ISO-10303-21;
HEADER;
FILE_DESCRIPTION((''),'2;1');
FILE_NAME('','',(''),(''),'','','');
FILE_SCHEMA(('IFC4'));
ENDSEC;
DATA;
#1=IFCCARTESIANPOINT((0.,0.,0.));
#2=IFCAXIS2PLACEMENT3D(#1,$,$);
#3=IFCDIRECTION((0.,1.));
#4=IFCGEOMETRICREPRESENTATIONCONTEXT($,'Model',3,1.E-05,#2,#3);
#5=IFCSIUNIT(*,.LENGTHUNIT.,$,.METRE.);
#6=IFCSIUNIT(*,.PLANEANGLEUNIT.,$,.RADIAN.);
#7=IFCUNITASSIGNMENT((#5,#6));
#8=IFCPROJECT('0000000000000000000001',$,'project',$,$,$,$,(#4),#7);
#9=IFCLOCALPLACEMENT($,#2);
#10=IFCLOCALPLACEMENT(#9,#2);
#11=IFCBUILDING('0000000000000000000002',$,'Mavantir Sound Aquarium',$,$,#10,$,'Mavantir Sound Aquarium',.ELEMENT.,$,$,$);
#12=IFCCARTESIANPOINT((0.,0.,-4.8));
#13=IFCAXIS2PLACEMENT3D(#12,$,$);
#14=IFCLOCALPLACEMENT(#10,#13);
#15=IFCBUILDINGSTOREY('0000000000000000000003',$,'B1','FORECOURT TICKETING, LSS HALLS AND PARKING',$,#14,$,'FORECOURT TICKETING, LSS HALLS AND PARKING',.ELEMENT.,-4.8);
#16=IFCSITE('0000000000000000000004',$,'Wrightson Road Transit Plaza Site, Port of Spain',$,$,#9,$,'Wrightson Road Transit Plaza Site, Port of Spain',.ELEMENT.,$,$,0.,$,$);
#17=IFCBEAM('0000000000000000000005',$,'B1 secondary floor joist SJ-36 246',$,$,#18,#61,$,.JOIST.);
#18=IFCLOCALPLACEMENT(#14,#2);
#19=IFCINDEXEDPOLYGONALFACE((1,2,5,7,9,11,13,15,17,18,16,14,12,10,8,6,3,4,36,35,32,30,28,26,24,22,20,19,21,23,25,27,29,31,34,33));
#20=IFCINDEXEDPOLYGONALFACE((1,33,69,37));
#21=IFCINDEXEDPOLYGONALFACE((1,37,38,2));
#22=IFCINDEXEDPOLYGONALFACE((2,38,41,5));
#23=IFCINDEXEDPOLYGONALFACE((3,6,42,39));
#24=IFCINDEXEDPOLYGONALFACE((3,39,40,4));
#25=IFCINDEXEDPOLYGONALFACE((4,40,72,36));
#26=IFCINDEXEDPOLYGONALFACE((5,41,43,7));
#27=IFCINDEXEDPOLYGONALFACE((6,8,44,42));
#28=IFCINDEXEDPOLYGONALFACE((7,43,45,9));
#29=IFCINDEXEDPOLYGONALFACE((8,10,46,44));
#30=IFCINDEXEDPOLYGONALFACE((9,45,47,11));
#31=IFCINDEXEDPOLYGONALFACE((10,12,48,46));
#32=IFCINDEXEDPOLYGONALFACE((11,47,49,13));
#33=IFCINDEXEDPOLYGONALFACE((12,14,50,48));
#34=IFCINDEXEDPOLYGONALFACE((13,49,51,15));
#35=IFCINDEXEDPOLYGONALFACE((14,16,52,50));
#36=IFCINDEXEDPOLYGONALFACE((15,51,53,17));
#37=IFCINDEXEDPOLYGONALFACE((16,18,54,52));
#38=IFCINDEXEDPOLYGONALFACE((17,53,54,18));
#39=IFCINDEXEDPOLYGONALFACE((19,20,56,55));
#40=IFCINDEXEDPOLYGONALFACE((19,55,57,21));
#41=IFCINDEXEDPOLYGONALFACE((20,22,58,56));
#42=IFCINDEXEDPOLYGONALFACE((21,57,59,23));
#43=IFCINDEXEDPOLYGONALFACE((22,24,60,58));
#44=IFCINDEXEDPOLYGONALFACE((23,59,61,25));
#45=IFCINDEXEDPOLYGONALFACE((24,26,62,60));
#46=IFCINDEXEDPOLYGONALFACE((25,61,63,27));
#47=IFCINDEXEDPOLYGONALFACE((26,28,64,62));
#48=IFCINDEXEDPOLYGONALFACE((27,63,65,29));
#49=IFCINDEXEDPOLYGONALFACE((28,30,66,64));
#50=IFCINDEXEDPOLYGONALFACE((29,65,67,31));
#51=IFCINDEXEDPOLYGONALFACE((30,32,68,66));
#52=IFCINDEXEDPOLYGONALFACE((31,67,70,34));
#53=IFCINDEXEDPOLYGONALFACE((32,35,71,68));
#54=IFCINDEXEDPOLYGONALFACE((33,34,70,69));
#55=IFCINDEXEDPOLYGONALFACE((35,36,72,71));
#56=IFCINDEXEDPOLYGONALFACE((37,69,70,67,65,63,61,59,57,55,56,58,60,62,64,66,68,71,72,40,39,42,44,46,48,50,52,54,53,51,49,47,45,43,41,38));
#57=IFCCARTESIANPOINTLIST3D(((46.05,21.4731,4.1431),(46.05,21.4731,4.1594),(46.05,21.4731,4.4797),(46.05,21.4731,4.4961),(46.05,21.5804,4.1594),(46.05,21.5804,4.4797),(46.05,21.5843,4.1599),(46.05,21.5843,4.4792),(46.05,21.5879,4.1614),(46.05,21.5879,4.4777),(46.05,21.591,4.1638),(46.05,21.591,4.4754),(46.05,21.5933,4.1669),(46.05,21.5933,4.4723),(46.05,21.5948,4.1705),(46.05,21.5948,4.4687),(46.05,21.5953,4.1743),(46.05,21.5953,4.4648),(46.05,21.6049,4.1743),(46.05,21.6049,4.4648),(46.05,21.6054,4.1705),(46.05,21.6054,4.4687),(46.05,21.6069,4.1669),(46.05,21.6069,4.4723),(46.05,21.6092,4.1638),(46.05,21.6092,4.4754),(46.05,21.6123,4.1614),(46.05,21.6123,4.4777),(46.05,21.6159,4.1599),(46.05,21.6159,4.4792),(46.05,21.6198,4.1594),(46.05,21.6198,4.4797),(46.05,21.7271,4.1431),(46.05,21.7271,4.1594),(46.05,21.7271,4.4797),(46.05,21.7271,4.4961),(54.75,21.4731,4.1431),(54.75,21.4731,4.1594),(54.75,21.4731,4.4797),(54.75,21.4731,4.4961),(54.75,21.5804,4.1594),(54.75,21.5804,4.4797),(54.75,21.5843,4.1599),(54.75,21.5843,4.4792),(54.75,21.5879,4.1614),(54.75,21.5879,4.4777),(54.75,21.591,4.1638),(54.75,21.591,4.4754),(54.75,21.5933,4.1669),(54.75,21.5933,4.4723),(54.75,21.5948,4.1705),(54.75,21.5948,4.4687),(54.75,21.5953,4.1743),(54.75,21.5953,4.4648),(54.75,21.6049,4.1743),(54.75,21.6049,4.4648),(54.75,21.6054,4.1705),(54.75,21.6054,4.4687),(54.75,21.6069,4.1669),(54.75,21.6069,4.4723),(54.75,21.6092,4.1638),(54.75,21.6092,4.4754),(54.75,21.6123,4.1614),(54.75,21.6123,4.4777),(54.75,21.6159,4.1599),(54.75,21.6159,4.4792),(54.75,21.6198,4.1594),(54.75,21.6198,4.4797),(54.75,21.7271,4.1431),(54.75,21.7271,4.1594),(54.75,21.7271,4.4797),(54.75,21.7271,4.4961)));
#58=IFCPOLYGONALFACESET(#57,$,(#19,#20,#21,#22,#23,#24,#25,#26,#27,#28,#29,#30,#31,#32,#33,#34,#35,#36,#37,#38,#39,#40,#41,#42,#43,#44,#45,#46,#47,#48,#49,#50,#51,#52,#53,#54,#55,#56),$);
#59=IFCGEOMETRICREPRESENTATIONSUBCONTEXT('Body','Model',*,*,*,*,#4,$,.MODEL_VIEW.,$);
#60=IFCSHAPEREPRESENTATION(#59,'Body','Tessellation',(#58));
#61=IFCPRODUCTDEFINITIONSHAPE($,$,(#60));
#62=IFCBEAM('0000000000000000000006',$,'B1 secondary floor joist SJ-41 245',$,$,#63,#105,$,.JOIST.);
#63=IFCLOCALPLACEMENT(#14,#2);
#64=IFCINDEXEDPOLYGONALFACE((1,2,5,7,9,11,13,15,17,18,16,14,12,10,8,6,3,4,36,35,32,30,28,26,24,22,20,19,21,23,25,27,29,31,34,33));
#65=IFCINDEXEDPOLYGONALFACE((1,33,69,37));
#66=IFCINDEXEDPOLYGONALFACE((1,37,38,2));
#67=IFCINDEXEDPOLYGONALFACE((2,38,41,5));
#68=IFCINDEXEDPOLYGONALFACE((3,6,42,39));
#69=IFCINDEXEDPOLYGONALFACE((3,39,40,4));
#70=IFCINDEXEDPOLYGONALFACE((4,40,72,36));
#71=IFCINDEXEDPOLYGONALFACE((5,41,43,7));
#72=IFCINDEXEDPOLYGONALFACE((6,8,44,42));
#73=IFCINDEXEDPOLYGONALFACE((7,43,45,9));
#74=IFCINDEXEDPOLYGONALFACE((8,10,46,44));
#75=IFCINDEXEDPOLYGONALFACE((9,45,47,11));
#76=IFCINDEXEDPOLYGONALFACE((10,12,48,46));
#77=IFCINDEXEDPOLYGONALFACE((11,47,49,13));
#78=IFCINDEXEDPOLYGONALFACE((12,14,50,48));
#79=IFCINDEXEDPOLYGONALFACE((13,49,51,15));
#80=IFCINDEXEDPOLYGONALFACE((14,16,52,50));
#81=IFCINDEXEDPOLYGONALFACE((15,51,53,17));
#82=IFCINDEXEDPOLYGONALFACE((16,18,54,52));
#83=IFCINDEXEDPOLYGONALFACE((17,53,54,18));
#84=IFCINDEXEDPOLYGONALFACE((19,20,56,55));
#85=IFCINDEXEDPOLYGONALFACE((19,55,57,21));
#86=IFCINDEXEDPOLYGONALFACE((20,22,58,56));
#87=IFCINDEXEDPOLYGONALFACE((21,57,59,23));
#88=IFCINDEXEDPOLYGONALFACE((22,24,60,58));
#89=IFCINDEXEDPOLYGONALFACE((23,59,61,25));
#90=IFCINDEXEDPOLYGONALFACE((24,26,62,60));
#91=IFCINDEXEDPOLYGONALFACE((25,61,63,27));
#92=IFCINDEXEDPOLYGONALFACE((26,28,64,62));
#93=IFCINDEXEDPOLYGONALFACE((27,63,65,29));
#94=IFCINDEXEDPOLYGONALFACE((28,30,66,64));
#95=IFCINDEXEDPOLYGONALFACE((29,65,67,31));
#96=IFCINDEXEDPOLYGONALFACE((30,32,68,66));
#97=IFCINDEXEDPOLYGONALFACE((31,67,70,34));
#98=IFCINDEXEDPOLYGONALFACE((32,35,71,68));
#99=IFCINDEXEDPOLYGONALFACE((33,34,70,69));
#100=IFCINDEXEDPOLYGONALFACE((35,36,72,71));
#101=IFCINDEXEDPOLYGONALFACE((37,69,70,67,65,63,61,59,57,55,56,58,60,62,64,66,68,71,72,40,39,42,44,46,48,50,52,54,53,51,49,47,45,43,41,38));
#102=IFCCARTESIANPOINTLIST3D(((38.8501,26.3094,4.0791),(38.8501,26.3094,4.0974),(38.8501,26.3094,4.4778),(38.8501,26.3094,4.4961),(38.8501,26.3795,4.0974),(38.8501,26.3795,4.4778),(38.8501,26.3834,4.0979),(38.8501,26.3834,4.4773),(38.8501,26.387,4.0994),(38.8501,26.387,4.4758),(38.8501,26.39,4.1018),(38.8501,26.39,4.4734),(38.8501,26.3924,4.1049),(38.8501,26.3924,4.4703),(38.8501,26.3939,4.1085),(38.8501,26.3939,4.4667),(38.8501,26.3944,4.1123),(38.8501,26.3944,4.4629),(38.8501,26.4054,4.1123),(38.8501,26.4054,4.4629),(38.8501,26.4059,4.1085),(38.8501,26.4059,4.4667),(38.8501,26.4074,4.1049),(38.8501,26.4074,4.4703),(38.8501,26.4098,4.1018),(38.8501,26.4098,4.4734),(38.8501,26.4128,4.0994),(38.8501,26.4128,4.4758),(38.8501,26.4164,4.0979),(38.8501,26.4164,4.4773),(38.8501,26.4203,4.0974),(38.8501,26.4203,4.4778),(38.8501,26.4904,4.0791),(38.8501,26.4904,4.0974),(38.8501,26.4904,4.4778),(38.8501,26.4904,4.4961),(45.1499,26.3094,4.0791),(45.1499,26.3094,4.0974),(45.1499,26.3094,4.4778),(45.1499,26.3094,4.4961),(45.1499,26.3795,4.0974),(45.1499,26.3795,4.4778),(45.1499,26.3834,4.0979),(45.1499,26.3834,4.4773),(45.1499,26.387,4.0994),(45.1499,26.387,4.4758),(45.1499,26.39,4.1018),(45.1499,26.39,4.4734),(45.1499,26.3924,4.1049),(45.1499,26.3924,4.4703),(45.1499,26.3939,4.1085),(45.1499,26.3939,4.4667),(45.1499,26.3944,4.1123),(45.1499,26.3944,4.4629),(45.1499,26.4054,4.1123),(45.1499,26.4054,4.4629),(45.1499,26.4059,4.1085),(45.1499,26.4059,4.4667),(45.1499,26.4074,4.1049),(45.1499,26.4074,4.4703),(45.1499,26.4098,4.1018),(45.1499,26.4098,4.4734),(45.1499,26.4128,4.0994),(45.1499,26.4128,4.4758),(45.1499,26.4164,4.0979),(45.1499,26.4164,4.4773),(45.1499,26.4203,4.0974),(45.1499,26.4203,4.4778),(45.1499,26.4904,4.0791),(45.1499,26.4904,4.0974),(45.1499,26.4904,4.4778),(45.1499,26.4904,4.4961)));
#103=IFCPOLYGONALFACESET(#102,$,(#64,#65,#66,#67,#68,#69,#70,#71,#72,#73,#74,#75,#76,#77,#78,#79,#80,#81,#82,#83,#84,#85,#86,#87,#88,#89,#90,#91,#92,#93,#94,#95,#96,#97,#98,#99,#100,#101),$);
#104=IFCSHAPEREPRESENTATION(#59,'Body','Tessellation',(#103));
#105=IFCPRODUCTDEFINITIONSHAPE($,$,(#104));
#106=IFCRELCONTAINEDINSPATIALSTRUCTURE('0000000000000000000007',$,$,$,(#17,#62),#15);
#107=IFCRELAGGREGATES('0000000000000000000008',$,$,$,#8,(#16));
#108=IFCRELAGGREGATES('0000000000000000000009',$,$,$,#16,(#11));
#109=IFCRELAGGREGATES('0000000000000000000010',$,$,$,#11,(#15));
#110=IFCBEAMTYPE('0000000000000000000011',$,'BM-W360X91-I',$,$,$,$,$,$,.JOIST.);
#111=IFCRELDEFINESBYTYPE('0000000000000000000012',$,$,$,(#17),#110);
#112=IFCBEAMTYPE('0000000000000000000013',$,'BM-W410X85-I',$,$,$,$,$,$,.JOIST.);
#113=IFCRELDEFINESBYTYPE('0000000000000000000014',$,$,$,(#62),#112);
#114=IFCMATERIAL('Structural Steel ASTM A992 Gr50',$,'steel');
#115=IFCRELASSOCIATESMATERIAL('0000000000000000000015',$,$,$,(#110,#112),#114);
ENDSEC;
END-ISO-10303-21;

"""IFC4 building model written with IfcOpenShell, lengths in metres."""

from ifc_helpers import new_model, si_unit, direction, frame, origin, origin_2d, place, context, subcontext, project, spatial, i_section, extrude, material, material_profile, profile_set, type_object, element, save


model = new_model("IFC4")

# Units and contexts
model_context = context("Model", 3, precision=1e-05, world=origin(), true_north=direction((0.0, 1.0)))
body_context = subcontext(model_context, "Body", "Model", "MODEL_VIEW")
ifc_project = project(units=[si_unit("LENGTHUNIT", "METRE"), si_unit("PLANEANGLEUNIT", "RADIAN")], contexts=[model_context])

# Site, building, storey
site_placement = place(None, origin())
site = spatial("IfcSite", under=ifc_project, at=site_placement, Name="Wrightson Road Transit Plaza Site, Port of Spain", LongName="Wrightson Road Transit Plaza Site, Port of Spain", CompositionType="ELEMENT", RefElevation=0.0)
building_placement = place(site_placement, origin())
building = spatial("IfcBuilding", under=site, at=building_placement, Name="Mavantir Sound Aquarium", LongName="Mavantir Sound Aquarium", CompositionType="ELEMENT")
storey_placement = place(building_placement, frame((0.0, 0.0, -4.8)))
storey = spatial("IfcBuildingStorey", under=building, at=storey_placement, Name="B1", Description="FORECOURT TICKETING, LSS HALLS AND PARKING", LongName="FORECOURT TICKETING, LSS HALLS AND PARKING", CompositionType="ELEMENT", Elevation=-4.8)

# Beams
ifc_material_1 = material(Name="Structural Steel ASTM A992 Gr50", Category="steel")
ifc_material_profile_1 = material_profile(ifc_material_1, i_section(OverallWidth=0.2539, OverallDepth=0.353, WebThickness=0.0095, FlangeThickness=0.0164, FilletRadius=0.0149, at=origin_2d()), Name="W360X91")
ifc_profile_set_1 = profile_set([ifc_material_profile_1], Name="Structural Steel ASTM A992 Gr50")
beam_type_1 = type_object("IfcBeamType", Name="BM-W360X91-I", PredefinedType="JOIST", material=ifc_profile_set_1)
beam_1_placement = place(storey_placement, frame((46.05, 21.6001, 4.3196), z_axis=(1.0, 0.0, 0.0), x_axis=(0.0, 1.0, 0.0)))
element("IfcBeam", 1, at=beam_1_placement, inside=storey, type_object=beam_type_1, Name="B1 secondary floor joist SJ-36 246", PredefinedType="JOIST", context=body_context, shape_type="SweptSolid", body=[
    extrude(i_section(OverallWidth=0.2539, OverallDepth=0.353, WebThickness=0.0095, FlangeThickness=0.0164, FilletRadius=0.0149, at=origin_2d()), origin(), (0.0, 0.0, 1.0), 8.7),
])
ifc_material_profile_2 = material_profile(ifc_material_1, i_section(OverallWidth=0.1809, OverallDepth=0.417, WebThickness=0.011, FlangeThickness=0.0183, FilletRadius=0.0149, at=origin_2d()), Name="W410X85")
ifc_profile_set_2 = profile_set([ifc_material_profile_2], Name="Structural Steel ASTM A992 Gr50")
beam_type_2 = type_object("IfcBeamType", Name="BM-W410X85-I", PredefinedType="JOIST", material=ifc_profile_set_2)
beam_2_placement = place(storey_placement, frame((38.8501, 26.3999, 4.2876), z_axis=(1.0, 0.0, 0.0), x_axis=(0.0, 1.0, 0.0)))
element("IfcBeam", 2, at=beam_2_placement, inside=storey, type_object=beam_type_2, Name="B1 secondary floor joist SJ-41 245", PredefinedType="JOIST", context=body_context, shape_type="SweptSolid", body=[
    extrude(i_section(OverallWidth=0.1809, OverallDepth=0.417, WebThickness=0.011, FlangeThickness=0.0183, FilletRadius=0.0149, at=origin_2d()), origin(), (0.0, 0.0, 1.0), 6.2998),
])

save(model, "model.ifc")
